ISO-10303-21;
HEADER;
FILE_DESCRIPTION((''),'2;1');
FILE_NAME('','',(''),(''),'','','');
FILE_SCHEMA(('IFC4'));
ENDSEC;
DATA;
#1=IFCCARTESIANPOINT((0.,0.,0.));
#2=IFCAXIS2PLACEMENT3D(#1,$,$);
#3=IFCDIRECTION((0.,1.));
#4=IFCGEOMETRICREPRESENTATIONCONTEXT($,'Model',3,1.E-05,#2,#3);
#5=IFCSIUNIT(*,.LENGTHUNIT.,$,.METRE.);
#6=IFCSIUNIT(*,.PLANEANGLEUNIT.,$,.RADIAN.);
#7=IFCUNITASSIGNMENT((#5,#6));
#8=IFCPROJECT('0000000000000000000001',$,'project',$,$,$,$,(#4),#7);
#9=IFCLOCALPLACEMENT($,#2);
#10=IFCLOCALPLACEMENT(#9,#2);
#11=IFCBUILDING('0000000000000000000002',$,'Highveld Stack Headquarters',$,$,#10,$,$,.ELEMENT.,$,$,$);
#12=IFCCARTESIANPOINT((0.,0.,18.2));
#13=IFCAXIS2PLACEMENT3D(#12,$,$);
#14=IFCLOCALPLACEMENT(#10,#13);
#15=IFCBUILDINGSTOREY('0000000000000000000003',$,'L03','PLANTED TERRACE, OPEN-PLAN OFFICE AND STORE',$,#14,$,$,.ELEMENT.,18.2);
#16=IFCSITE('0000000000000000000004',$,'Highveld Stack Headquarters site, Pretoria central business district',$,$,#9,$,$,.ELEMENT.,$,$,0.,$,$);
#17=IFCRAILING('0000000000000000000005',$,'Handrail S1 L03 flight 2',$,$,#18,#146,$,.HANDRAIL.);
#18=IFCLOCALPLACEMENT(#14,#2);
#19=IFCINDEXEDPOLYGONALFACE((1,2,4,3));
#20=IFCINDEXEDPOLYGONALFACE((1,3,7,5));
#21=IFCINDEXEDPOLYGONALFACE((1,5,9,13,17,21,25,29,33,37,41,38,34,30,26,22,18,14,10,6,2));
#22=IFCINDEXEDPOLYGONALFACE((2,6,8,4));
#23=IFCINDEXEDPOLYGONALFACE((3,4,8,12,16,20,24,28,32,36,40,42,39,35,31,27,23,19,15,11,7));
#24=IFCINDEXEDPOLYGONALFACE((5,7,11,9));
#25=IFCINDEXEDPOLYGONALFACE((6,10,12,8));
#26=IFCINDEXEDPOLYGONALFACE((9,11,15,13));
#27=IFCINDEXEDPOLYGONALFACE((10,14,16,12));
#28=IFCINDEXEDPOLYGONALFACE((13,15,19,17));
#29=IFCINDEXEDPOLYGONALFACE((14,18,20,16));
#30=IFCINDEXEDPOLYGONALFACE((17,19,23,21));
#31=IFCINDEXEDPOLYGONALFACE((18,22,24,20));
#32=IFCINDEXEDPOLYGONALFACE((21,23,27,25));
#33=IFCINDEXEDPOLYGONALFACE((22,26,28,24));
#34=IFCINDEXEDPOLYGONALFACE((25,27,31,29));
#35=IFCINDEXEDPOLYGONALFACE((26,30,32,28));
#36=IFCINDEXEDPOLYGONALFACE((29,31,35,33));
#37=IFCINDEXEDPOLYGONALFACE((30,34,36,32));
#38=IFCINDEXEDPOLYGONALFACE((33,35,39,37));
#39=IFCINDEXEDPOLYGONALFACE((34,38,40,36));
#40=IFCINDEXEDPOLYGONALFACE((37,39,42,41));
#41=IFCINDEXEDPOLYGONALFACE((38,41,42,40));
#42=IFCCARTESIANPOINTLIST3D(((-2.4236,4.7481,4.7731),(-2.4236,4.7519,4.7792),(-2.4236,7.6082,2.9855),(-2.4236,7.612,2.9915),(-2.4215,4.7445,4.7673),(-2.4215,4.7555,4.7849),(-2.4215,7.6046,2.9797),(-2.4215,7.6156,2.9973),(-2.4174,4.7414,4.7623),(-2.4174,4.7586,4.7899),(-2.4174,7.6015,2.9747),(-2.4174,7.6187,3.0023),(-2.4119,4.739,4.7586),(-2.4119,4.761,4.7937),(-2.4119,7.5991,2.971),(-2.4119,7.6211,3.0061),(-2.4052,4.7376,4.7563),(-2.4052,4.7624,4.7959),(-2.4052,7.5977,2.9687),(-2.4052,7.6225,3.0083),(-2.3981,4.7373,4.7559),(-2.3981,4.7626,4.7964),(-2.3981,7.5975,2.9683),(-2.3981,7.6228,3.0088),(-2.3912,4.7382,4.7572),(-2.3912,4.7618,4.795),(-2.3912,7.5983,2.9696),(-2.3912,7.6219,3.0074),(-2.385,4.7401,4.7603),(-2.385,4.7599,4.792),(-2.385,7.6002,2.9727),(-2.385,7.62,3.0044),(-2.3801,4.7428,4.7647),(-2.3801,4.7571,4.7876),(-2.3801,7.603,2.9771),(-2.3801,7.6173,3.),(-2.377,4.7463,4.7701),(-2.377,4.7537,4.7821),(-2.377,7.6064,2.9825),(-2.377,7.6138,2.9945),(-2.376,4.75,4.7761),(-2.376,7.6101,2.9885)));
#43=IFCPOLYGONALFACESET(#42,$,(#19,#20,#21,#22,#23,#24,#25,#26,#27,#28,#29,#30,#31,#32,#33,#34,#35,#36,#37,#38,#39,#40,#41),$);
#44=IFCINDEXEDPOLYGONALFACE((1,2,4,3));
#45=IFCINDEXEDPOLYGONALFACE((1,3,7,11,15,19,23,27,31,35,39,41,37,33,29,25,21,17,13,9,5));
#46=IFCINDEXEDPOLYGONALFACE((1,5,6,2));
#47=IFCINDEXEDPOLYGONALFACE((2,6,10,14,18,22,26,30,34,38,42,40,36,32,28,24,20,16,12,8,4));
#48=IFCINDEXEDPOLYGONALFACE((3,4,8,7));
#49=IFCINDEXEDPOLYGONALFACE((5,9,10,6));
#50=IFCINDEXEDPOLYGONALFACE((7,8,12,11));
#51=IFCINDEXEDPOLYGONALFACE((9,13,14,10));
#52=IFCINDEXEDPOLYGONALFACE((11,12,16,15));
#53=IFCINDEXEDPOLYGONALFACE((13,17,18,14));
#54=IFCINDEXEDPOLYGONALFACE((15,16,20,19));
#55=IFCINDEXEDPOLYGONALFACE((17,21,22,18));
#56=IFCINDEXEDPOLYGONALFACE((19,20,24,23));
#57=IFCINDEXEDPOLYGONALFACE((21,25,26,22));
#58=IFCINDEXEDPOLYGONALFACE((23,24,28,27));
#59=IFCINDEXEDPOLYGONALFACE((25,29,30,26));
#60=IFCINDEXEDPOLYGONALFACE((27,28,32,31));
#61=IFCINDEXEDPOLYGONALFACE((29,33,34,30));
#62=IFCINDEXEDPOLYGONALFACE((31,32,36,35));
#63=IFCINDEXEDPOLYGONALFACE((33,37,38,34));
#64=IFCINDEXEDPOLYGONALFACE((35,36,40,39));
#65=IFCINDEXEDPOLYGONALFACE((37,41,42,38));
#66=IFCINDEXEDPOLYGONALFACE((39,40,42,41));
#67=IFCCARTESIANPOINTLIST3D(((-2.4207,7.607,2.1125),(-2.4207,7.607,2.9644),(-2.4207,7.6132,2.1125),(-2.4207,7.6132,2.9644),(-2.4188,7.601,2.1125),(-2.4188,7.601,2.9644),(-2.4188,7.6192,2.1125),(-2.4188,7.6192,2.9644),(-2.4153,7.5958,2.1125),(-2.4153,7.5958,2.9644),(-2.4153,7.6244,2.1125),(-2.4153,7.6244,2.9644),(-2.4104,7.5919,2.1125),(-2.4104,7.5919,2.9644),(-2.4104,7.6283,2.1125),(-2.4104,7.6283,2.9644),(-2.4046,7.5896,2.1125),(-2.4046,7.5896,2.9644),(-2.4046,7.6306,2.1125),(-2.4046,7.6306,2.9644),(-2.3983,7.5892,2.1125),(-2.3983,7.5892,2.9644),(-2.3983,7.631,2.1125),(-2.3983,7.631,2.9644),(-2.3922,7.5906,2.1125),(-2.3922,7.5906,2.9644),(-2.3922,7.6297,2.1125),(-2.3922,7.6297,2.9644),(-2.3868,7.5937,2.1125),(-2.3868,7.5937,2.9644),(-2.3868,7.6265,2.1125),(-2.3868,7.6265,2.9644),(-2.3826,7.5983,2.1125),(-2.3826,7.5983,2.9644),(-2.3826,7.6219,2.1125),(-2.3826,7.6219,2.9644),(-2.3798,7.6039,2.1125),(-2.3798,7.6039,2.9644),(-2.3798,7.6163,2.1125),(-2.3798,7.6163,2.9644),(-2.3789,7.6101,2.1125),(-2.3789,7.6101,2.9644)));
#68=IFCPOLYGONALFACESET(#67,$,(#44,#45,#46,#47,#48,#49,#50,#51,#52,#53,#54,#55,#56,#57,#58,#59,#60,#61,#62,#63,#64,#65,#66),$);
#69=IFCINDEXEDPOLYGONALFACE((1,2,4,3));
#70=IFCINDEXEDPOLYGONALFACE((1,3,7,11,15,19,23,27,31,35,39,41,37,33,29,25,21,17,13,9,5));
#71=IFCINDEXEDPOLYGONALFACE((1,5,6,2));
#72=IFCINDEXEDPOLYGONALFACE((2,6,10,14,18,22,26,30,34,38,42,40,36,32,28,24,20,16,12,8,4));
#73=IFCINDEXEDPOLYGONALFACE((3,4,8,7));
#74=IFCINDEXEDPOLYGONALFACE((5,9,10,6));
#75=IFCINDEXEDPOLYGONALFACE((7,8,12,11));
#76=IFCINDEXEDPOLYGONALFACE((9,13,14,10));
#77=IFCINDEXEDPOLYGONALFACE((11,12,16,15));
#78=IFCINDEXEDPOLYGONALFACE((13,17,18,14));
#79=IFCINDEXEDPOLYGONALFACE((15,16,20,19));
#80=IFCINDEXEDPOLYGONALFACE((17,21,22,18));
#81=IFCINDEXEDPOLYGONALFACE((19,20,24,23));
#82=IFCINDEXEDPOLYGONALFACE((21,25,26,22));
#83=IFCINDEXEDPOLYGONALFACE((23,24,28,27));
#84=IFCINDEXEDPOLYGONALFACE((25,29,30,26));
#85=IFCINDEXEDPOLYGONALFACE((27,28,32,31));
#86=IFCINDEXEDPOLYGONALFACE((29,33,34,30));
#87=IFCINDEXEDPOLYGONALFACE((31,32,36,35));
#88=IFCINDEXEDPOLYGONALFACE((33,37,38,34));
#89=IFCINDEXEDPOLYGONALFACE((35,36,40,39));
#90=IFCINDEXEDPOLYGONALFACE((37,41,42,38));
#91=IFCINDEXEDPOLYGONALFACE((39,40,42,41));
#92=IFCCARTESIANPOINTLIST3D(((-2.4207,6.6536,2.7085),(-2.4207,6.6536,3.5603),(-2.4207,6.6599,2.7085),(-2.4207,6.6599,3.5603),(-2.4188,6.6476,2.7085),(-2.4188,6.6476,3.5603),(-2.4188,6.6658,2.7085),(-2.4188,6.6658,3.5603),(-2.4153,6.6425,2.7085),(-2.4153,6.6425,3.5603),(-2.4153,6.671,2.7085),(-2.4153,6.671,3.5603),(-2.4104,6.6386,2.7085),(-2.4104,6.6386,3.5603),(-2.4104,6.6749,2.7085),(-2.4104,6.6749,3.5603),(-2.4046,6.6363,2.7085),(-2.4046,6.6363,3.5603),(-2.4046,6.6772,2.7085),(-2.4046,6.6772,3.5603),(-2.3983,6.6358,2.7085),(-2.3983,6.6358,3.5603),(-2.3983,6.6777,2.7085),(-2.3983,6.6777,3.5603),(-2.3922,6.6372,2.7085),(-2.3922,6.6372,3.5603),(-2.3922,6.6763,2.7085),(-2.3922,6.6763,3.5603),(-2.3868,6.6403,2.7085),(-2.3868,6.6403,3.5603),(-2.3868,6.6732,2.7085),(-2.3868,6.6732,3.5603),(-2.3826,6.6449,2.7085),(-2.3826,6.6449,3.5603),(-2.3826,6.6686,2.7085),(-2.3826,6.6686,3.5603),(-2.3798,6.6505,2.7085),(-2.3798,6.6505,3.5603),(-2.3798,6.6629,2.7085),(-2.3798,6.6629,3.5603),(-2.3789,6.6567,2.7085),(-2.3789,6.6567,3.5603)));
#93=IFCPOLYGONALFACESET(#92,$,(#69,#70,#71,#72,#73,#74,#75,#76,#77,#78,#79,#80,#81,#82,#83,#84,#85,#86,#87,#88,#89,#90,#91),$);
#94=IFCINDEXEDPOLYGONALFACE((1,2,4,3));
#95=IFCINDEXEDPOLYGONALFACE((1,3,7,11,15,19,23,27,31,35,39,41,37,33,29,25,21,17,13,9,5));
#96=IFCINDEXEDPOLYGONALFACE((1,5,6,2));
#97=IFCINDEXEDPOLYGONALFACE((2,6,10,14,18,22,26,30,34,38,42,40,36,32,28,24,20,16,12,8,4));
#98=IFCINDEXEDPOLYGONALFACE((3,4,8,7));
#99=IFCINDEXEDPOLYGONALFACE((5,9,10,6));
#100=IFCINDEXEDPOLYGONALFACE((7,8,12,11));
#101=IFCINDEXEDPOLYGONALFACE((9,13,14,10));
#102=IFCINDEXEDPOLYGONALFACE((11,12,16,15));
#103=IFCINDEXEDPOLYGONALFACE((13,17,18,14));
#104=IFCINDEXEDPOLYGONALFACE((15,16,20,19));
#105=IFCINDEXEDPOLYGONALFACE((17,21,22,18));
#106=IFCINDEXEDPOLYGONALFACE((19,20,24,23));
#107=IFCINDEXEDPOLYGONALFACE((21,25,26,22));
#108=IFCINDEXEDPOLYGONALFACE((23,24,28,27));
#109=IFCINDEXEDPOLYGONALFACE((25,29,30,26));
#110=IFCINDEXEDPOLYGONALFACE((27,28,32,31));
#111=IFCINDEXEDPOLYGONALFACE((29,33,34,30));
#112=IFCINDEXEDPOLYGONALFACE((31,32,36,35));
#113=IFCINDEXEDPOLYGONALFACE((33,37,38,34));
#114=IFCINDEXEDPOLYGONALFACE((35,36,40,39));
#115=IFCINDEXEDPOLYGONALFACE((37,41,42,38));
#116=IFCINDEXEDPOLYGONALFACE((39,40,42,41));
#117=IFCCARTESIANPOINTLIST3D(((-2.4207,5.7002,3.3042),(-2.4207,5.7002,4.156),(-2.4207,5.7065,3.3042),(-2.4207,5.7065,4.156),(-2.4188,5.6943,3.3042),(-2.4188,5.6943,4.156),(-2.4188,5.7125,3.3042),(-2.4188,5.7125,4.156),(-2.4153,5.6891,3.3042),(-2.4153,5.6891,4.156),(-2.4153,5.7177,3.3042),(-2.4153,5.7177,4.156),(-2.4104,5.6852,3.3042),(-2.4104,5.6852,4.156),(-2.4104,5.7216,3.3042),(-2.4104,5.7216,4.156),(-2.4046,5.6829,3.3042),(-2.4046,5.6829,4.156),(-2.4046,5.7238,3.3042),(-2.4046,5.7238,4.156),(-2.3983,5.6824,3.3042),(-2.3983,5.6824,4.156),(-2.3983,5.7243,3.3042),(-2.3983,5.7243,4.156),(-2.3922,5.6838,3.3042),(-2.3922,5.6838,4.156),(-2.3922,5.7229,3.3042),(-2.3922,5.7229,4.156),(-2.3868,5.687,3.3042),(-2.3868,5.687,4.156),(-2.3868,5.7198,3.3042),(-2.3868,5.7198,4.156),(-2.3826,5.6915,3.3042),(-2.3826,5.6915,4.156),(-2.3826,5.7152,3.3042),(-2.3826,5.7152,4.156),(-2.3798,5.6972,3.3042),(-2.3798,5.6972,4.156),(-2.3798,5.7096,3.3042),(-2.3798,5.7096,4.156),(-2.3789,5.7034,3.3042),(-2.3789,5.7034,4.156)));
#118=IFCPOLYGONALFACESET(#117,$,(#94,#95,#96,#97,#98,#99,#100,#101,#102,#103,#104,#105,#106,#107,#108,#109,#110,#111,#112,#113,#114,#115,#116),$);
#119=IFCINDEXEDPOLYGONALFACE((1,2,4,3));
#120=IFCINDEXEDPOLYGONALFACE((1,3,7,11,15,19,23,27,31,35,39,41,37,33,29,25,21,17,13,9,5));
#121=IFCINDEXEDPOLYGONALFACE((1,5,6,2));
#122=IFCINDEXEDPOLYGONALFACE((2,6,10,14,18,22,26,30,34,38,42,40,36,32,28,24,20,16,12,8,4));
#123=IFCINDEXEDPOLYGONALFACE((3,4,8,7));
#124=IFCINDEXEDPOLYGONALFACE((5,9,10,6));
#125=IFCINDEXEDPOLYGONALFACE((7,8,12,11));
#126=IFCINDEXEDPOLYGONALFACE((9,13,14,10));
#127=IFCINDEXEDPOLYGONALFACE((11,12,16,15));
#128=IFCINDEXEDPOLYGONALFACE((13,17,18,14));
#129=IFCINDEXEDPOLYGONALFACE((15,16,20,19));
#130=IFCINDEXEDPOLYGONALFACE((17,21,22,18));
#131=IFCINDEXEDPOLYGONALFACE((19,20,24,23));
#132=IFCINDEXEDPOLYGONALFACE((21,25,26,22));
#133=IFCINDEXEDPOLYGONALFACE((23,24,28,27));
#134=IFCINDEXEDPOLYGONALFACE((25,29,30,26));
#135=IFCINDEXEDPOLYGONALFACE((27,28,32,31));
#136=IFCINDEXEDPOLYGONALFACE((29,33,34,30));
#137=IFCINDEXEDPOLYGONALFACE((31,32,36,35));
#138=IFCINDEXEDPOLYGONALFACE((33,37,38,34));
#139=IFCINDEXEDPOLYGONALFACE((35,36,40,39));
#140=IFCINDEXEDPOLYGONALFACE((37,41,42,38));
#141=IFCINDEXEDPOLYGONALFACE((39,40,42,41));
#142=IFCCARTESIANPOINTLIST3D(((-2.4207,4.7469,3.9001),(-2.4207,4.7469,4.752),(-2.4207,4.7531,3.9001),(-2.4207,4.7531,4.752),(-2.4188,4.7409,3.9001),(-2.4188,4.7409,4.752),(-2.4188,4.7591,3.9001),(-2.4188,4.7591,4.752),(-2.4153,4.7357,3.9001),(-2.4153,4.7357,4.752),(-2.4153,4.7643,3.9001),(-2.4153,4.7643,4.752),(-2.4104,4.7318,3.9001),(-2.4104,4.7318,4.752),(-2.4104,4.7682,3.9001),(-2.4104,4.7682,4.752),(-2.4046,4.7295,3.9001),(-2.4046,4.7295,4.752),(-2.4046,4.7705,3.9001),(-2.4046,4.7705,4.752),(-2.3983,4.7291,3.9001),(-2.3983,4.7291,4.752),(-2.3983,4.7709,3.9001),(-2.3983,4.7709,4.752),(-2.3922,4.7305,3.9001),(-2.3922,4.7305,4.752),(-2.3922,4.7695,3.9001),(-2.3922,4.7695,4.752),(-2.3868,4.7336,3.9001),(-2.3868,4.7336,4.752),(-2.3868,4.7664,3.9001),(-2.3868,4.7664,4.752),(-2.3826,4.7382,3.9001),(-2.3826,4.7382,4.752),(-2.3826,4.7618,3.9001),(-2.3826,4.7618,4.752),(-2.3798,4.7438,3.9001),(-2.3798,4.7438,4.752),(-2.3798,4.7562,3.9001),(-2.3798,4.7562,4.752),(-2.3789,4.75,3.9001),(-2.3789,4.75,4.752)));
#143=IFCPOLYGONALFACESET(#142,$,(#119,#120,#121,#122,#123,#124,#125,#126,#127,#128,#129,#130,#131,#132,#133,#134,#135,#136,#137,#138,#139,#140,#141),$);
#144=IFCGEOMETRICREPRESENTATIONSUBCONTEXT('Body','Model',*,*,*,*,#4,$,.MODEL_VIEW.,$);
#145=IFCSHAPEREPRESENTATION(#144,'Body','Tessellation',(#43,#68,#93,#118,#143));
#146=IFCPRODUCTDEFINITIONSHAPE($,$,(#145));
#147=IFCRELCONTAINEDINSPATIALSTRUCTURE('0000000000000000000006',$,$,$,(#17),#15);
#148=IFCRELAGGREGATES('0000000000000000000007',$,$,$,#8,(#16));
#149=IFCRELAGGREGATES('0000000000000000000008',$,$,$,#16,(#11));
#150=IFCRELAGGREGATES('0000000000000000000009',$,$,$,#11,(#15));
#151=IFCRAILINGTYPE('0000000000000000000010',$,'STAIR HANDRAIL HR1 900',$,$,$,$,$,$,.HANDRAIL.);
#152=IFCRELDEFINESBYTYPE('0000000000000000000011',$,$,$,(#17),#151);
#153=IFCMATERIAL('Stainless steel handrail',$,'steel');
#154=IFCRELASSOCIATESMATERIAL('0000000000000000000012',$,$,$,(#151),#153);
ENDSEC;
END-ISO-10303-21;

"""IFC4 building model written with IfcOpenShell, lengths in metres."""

from ifc_helpers import new_model, si_unit, direction, frame, origin, origin_2d, place, context, subcontext, project, spatial, circle, extrude, material, type_object, element, save


model = new_model("IFC4")

# Units and contexts
model_context = context("Model", 3, precision=1e-05, world=origin(), true_north=direction((0.0, 1.0)))
body_context = subcontext(model_context, "Body", "Model", "MODEL_VIEW")
ifc_project = project(units=[si_unit("LENGTHUNIT", "METRE"), si_unit("PLANEANGLEUNIT", "RADIAN")], contexts=[model_context])

# Site, building, storey
site_placement = place(None, origin())
site = spatial("IfcSite", under=ifc_project, at=site_placement, Name="Highveld Stack Headquarters site, Pretoria central business district", CompositionType="ELEMENT", RefElevation=0.0)
building_placement = place(site_placement, origin())
building = spatial("IfcBuilding", under=site, at=building_placement, Name="Highveld Stack Headquarters", CompositionType="ELEMENT")
storey_placement = place(building_placement, frame((0.0, 0.0, 18.2)))
storey = spatial("IfcBuildingStorey", under=building, at=storey_placement, Name="L03", Description="PLANTED TERRACE, OPEN-PLAN OFFICE AND STORE", CompositionType="ELEMENT", Elevation=18.2)

# Railing
ifc_material_1 = material(Name="Stainless steel handrail", Category="steel")
railing_type = type_object("IfcRailingType", Name="STAIR HANDRAIL HR1 900", PredefinedType="HANDRAIL", material=ifc_material_1)
for number, where, name in (
    (1, (-2.3999, 7.6101, 2.1125), "Handrail S1 L03 flight 2"),
):
    element("IfcRailing", number, at=place(storey_placement, frame(where)), inside=storey, type_object=railing_type, Name=name, PredefinedType="HANDRAIL", context=body_context, shape_type="SweptSolid", body=[
        extrude(circle(Radius=0.0239, at=origin_2d()), frame((0.0, 0.0, 0.876), z_axis=(0.0, -0.847994, 0.530005), x_axis=(1.0, 0.0, 0.0)), (0.0, 0.0, 1.0), 3.3728),
        extrude(circle(Radius=0.021, at=origin_2d()), origin(), (0.0, 0.0, 1.0), 0.8518),
        extrude(circle(Radius=0.021, at=origin_2d()), frame((0.0, -0.9534, 0.5959)), (0.0, 0.0, 1.0), 0.8518),
        extrude(circle(Radius=0.021, at=origin_2d()), frame((0.0, -1.9067, 1.1917)), (0.0, 0.0, 1.0), 0.8518),
        extrude(circle(Radius=0.021, at=origin_2d()), frame((0.0, -2.8601, 1.7876)), (0.0, 0.0, 1.0), 0.8518),
    ])

save(model, "model.ifc")
